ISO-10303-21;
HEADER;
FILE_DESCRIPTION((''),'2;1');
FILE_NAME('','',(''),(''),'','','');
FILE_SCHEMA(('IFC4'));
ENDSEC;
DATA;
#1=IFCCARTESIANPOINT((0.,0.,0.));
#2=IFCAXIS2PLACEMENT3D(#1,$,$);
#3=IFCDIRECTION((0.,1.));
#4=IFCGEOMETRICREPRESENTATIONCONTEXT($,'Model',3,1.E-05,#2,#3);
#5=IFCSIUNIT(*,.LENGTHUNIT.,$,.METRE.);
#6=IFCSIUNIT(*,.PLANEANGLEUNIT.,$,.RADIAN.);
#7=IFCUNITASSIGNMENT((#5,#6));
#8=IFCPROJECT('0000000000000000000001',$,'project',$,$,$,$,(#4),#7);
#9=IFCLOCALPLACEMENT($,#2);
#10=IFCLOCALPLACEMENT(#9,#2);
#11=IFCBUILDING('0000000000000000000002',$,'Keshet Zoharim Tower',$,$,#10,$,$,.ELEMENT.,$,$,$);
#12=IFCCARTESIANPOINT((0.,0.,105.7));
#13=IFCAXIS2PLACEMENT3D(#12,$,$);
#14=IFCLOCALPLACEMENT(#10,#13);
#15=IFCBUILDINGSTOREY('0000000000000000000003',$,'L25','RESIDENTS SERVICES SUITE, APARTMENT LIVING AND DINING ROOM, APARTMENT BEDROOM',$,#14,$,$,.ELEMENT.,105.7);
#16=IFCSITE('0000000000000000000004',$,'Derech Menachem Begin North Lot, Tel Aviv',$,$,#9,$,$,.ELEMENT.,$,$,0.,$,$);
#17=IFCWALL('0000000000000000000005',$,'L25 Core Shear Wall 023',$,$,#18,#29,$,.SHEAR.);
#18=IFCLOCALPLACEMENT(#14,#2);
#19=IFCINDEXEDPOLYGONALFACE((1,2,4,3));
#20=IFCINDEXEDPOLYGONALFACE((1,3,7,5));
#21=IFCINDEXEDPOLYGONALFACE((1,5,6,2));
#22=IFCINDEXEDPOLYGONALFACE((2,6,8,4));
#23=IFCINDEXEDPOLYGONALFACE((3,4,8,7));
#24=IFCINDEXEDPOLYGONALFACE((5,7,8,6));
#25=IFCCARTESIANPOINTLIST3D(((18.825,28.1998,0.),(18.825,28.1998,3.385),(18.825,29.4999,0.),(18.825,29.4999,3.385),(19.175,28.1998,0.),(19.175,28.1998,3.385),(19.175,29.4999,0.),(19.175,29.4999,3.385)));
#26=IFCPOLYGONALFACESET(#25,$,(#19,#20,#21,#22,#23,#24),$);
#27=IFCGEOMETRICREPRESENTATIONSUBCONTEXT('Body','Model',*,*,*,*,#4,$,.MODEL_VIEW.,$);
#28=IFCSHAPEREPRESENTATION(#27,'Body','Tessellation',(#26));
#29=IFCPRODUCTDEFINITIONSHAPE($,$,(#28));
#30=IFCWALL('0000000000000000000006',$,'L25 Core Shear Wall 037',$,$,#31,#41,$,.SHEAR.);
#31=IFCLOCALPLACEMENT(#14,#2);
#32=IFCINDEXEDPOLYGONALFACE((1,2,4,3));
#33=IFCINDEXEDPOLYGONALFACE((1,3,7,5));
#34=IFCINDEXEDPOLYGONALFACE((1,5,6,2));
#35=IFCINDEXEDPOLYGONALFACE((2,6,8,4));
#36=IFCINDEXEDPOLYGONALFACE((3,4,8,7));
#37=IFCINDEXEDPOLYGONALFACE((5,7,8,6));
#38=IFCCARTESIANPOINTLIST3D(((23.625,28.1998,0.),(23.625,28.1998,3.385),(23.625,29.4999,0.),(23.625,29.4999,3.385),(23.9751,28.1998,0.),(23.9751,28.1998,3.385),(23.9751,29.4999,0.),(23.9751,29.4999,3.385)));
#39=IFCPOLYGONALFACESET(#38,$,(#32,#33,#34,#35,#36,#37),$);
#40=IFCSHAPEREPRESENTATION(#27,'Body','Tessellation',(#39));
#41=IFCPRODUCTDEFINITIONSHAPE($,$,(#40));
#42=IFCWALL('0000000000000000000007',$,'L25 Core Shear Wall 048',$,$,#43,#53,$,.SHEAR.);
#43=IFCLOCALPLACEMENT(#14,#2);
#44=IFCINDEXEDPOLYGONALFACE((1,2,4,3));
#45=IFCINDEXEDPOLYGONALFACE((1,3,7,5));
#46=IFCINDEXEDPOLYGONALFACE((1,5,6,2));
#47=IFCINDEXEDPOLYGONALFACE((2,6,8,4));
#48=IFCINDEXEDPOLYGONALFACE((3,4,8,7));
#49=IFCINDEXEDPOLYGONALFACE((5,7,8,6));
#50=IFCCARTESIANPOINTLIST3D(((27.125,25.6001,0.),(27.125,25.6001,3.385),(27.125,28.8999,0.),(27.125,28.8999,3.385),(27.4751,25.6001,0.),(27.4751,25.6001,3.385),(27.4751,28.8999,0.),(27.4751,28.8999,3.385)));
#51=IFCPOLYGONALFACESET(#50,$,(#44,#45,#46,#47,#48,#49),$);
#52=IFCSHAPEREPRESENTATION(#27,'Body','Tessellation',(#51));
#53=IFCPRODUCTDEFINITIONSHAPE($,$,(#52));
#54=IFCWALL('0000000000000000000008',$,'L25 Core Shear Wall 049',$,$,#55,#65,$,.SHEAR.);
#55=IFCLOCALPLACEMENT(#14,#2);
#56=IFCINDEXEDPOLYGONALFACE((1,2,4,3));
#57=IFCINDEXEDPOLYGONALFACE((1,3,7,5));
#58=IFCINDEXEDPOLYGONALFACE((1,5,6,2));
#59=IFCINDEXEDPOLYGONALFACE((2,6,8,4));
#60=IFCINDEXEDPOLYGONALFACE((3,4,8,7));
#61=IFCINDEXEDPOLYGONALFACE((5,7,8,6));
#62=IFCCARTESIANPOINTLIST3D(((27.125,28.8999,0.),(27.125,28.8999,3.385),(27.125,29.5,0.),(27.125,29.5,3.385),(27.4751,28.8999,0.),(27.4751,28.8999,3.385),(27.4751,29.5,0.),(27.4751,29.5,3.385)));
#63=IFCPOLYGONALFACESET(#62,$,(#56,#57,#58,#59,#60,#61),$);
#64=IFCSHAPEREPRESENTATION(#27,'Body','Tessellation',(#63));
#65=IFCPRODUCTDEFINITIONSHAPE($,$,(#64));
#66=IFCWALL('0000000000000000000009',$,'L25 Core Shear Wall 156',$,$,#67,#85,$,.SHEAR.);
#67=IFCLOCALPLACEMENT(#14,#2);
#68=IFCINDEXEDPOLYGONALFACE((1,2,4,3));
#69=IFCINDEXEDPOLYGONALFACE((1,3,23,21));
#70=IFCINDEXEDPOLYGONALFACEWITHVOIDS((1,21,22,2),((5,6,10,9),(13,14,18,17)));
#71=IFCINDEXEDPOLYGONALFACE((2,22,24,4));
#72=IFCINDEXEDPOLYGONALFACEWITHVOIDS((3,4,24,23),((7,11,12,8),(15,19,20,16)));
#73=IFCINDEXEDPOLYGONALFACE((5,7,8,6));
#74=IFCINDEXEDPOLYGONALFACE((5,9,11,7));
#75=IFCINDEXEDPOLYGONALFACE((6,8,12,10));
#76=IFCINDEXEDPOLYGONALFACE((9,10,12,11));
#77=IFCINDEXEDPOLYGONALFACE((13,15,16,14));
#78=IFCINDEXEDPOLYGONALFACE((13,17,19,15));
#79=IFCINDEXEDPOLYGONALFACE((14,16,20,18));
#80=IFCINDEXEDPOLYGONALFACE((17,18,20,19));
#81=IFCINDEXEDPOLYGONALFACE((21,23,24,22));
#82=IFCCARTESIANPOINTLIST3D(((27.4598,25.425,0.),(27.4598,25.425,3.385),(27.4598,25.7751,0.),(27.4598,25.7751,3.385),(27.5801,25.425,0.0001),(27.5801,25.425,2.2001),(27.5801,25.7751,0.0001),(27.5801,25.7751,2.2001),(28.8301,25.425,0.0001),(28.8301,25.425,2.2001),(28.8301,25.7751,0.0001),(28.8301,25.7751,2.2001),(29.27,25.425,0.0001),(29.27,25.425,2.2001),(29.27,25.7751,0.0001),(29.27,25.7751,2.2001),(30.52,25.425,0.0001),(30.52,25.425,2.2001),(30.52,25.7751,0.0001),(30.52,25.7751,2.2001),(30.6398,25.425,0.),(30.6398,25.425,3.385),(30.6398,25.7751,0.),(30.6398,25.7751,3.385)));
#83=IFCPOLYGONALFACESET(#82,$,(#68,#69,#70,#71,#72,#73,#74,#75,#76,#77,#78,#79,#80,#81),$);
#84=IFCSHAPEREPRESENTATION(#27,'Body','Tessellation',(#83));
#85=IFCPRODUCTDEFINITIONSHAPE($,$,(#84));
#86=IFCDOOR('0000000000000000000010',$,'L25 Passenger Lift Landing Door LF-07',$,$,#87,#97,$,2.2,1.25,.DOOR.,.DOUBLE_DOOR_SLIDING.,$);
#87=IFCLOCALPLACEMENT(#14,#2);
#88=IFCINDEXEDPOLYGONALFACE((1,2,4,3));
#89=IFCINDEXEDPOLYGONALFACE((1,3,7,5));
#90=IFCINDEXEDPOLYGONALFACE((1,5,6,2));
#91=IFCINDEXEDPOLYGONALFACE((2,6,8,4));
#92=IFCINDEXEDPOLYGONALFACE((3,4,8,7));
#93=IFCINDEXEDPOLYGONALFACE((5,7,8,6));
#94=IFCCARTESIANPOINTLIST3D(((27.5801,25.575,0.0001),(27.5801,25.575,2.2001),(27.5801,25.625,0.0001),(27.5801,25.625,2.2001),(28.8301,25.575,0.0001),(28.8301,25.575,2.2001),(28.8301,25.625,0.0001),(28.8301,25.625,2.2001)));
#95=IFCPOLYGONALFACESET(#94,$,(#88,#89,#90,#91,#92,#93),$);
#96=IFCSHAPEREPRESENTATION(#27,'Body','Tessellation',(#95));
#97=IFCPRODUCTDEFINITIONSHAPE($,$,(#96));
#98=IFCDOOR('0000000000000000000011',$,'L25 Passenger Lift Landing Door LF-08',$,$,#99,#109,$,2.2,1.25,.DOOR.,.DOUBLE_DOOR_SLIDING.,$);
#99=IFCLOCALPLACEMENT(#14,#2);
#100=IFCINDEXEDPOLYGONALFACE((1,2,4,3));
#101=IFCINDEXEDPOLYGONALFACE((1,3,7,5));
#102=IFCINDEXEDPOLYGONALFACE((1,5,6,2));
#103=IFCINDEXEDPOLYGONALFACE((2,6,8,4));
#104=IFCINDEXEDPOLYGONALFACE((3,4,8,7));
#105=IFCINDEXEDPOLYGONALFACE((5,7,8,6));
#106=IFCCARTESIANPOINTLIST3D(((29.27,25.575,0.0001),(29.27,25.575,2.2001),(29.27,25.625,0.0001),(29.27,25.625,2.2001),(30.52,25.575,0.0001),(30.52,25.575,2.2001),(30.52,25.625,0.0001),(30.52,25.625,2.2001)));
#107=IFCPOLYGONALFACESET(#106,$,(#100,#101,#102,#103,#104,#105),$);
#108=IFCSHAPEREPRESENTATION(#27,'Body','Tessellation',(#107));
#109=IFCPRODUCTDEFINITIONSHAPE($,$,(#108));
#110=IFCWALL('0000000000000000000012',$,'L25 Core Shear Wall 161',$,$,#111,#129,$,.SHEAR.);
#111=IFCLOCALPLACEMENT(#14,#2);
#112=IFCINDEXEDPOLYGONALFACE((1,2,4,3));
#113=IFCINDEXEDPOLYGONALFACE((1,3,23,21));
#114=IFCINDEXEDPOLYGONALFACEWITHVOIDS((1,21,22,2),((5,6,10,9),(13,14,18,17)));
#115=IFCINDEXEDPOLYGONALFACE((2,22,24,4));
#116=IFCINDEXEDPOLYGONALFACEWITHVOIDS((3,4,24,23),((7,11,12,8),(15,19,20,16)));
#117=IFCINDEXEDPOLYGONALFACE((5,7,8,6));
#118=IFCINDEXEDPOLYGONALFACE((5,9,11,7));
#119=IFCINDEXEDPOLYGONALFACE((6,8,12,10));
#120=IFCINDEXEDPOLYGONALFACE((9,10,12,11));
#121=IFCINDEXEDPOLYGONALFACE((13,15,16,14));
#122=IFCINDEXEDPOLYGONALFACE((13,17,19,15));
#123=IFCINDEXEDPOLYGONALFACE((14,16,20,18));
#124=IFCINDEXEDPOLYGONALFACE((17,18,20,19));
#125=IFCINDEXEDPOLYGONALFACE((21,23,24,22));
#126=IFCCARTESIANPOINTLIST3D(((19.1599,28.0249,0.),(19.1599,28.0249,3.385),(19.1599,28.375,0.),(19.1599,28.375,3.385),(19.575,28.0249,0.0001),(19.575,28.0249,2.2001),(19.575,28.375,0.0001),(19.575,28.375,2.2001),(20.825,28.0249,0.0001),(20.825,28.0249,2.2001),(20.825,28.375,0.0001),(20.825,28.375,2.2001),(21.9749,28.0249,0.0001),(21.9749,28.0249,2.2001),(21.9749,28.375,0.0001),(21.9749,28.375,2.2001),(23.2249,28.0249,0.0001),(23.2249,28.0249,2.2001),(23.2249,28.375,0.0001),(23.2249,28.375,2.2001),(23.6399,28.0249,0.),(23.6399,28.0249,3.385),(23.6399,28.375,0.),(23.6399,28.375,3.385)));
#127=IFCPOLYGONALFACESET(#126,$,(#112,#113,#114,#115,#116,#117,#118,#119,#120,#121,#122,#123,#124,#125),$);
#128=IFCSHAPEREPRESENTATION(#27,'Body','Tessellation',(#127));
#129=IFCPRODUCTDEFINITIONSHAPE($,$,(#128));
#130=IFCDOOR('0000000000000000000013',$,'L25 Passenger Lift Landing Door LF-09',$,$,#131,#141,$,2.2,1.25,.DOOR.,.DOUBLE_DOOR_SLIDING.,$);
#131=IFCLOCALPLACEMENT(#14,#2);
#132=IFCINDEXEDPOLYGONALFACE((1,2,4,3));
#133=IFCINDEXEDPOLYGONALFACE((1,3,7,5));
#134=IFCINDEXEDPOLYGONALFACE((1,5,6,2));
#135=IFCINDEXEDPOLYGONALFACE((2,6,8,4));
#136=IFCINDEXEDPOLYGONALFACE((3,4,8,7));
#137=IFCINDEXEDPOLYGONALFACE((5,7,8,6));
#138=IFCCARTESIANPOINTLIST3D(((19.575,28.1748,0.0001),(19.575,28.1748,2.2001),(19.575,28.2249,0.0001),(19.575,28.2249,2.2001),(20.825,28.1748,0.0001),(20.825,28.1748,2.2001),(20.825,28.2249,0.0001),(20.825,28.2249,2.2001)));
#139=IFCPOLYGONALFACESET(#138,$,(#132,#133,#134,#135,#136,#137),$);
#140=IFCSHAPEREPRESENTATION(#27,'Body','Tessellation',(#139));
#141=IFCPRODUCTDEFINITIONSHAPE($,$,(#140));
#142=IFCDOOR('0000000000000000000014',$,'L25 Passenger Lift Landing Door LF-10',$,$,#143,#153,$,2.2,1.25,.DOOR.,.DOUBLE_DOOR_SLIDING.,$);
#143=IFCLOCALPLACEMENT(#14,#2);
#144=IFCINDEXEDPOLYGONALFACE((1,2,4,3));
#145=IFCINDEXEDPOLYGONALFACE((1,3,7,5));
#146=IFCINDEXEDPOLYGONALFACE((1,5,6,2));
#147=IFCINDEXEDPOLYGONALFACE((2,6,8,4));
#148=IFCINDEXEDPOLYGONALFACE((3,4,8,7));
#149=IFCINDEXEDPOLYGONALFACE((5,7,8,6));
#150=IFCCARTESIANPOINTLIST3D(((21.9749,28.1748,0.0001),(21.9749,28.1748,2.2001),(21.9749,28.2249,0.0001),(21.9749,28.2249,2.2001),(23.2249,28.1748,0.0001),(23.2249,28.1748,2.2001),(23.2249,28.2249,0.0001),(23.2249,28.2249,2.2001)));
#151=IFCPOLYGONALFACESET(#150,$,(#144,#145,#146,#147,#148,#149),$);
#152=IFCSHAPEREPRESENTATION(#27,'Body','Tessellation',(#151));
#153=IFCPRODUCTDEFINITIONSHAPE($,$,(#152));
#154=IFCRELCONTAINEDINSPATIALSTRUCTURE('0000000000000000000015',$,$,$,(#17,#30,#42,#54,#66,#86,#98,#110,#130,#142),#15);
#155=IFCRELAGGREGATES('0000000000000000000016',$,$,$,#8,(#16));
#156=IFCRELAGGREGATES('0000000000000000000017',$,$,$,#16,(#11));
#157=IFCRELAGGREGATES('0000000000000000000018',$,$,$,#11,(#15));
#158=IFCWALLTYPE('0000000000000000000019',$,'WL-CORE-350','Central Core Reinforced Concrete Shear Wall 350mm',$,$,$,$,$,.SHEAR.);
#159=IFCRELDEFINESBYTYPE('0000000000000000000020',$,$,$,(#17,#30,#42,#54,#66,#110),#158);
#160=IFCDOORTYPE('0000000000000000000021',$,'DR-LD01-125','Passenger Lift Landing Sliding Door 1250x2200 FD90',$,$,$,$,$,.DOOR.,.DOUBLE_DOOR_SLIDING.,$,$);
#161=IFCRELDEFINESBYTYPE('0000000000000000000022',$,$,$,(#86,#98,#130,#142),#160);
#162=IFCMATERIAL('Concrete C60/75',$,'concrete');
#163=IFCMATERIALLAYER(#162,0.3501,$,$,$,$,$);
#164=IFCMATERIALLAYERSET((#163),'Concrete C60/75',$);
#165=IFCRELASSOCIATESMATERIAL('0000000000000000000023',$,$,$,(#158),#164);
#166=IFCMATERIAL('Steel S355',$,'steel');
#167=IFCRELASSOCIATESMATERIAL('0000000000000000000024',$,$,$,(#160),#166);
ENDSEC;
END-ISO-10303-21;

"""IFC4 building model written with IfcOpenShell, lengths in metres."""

from ifc_helpers import new_model, si_unit, direction, frame, frame_2d, origin, place, context, subcontext, project, spatial, rectangle, extrude, material, layer, layer_set, type_object, element, fill, save


model = new_model("IFC4")

# Units and contexts
model_context = context("Model", 3, precision=1e-05, world=origin(), true_north=direction((0.0, 1.0)))
body_context = subcontext(model_context, "Body", "Model", "MODEL_VIEW")
ifc_project = project(units=[si_unit("LENGTHUNIT", "METRE"), si_unit("PLANEANGLEUNIT", "RADIAN")], contexts=[model_context])

# Site, building, storey
site_placement = place(None, origin())
site = spatial("IfcSite", under=ifc_project, at=site_placement, Name="Derech Menachem Begin North Lot, Tel Aviv", CompositionType="ELEMENT", RefElevation=0.0)
building_placement = place(site_placement, origin())
building = spatial("IfcBuilding", under=site, at=building_placement, Name="Keshet Zoharim Tower", CompositionType="ELEMENT")
storey_placement = place(building_placement, frame((0.0, 0.0, 105.7)))
storey = spatial("IfcBuildingStorey", under=building, at=storey_placement, Name="L25", Description="RESIDENTS SERVICES SUITE, APARTMENT LIVING AND DINING ROOM, APARTMENT BEDROOM", CompositionType="ELEMENT", Elevation=105.7)

# Wall
ifc_material_1 = material(Name="Concrete C60/75", Category="concrete")
ifc_layer_1 = layer(ifc_material_1, 0.3501)
ifc_layer_set_1 = layer_set([ifc_layer_1], Name="Concrete C60/75")
wall_type_1 = type_object("IfcWallType", Name="WL-CORE-350", Description="Central Core Reinforced Concrete Shear Wall 350mm", PredefinedType="SHEAR", material=ifc_layer_set_1)
wall_1_placement = place(storey_placement, frame((19.0, 28.2, 0.0), z_axis=(0.0, 0.0, 1.0), x_axis=(0.0, 1.0, 0.0)))
element("IfcWall", 1, at=wall_1_placement, inside=storey, type_object=wall_type_1, Name="L25 Core Shear Wall 023", PredefinedType="SHEAR", context=body_context, shape_type="SweptSolid", body=[
    extrude(rectangle(XDim=1.3, YDim=0.3501, at=frame_2d((0.6499, 0.0))), origin(), (0.0, 0.0, 1.0), 3.385),
])

# Walls
wall_2_placement = place(storey_placement, frame((23.8, 28.2, 0.0), z_axis=(0.0, 0.0, 1.0), x_axis=(0.0, 1.0, 0.0)))
element("IfcWall", 2, at=wall_2_placement, inside=storey, type_object=wall_type_1, Name="L25 Core Shear Wall 037", PredefinedType="SHEAR", context=body_context, shape_type="SweptSolid", body=[
    extrude(rectangle(XDim=1.3, YDim=0.3501, at=frame_2d((0.6499, 0.0))), origin(), (0.0, 0.0, 1.0), 3.385),
])
wall_3_placement = place(storey_placement, frame((27.3, 25.6001, 0.0), z_axis=(0.0, 0.0, 1.0), x_axis=(0.0, 1.0, 0.0)))
element("IfcWall", 3, at=wall_3_placement, inside=storey, type_object=wall_type_1, Name="L25 Core Shear Wall 048", PredefinedType="SHEAR", context=body_context, shape_type="SweptSolid", body=[
    extrude(rectangle(XDim=3.2998, YDim=0.3501, at=frame_2d((1.6499, 0.0))), origin(), (0.0, 0.0, 1.0), 3.385),
])
wall_4_placement = place(storey_placement, frame((27.3, 28.8999, 0.0), z_axis=(0.0, 0.0, 1.0), x_axis=(0.0, 1.0, 0.0)))
element("IfcWall", 4, at=wall_4_placement, inside=storey, type_object=wall_type_1, Name="L25 Core Shear Wall 049", PredefinedType="SHEAR", context=body_context, shape_type="SweptSolid", body=[
    extrude(rectangle(XDim=0.6001, YDim=0.3501, at=frame_2d((0.3, 0.0))), origin(), (0.0, 0.0, 1.0), 3.385),
])

# Walls, openings, doors
wall_5_placement = place(storey_placement, frame((27.46, 25.6001, 0.0), z_axis=(0.0, 0.0, 1.0), x_axis=(1.0, 0.0, 0.0)))
wall_5 = element("IfcWall", 5, at=wall_5_placement, inside=storey, type_object=wall_type_1, Name="L25 Core Shear Wall 156", PredefinedType="SHEAR", context=body_context, shape_type="SweptSolid", body=[
    extrude(rectangle(XDim=3.1799, YDim=0.3501, at=frame_2d((1.5898, 0.0))), origin(), (0.0, 0.0, 1.0), 3.385),
])
opening_1_placement = place(wall_5_placement, frame((0.1201, 0.0, 0.0)))
opening_1 = element("IfcOpeningElement", 6, at=opening_1_placement, cuts=wall_5, PredefinedType="OPENING", context=body_context, shape_type="SweptSolid", body=[
    extrude(rectangle(XDim=1.25, YDim=2.2, at=frame_2d((0.625, 1.1001))), frame((0.0, 0.1851, 0.0), z_axis=(0.0, -1.0, 0.0), x_axis=(1.0, 0.0, 0.0)), (0.0, 0.0, 1.0), 0.3701),
])
opening_2_placement = place(wall_5_placement, frame((1.8101, 0.0, 0.0)))
opening_2 = element("IfcOpeningElement", 7, at=opening_2_placement, cuts=wall_5, PredefinedType="OPENING", context=body_context, shape_type="SweptSolid", body=[
    extrude(rectangle(XDim=1.25, YDim=2.2, at=frame_2d((0.625, 1.1001))), frame((0.0, 0.1851, 0.0), z_axis=(0.0, -1.0, 0.0), x_axis=(1.0, 0.0, 0.0)), (0.0, 0.0, 1.0), 0.3701),
])
ifc_material_2 = material(Name="Steel S355", Category="steel")
door_type_1 = type_object("IfcDoorType", Name="DR-LD01-125", Description="Passenger Lift Landing Sliding Door 1250x2200 FD90", OperationType="DOUBLE_DOOR_SLIDING", PredefinedType="DOOR", material=ifc_material_2)
door_1_placement = place(opening_1_placement, origin())
door_1 = element("IfcDoor", 8, at=door_1_placement, inside=storey, type_object=door_type_1, Name="L25 Passenger Lift Landing Door LF-07", OperationType="DOUBLE_DOOR_SLIDING", OverallHeight=2.2, OverallWidth=1.25, PredefinedType="DOOR", context=body_context, shape_type="SweptSolid", body=[
    extrude(rectangle(XDim=1.25, YDim=2.2, at=frame_2d((0.625, 1.1001))), frame((0.0, 0.0249, 0.0), z_axis=(0.0, -1.0, 0.0), x_axis=(1.0, 0.0, 0.0)), (0.0, 0.0, 1.0), 0.05),
])
fill(opening_1, door_1)
door_2_placement = place(opening_2_placement, origin())
door_2 = element("IfcDoor", 9, at=door_2_placement, inside=storey, type_object=door_type_1, Name="L25 Passenger Lift Landing Door LF-08", OperationType="DOUBLE_DOOR_SLIDING", OverallHeight=2.2, OverallWidth=1.25, PredefinedType="DOOR", context=body_context, shape_type="SweptSolid", body=[
    extrude(rectangle(XDim=1.25, YDim=2.2, at=frame_2d((0.625, 1.1001))), frame((0.0, 0.0249, 0.0), z_axis=(0.0, -1.0, 0.0), x_axis=(1.0, 0.0, 0.0)), (0.0, 0.0, 1.0), 0.05),
])
fill(opening_2, door_2)
wall_6_placement = place(storey_placement, frame((19.1599, 28.2, 0.0), z_axis=(0.0, 0.0, 1.0), x_axis=(1.0, 0.0, 0.0)))
wall_6 = element("IfcWall", 10, at=wall_6_placement, inside=storey, type_object=wall_type_1, Name="L25 Core Shear Wall 161", PredefinedType="SHEAR", context=body_context, shape_type="SweptSolid", body=[
    extrude(rectangle(XDim=4.48, YDim=0.3501, at=frame_2d((2.24, 0.0))), origin(), (0.0, 0.0, 1.0), 3.385),
])
opening_3_placement = place(wall_6_placement, frame((0.415, 0.0, 0.0)))
opening_3 = element("IfcOpeningElement", 11, at=opening_3_placement, cuts=wall_6, PredefinedType="OPENING", context=body_context, shape_type="SweptSolid", body=[
    extrude(rectangle(XDim=1.25, YDim=2.2, at=frame_2d((0.625, 1.1001))), frame((0.0, 0.1851, 0.0), z_axis=(0.0, -1.0, 0.0), x_axis=(1.0, 0.0, 0.0)), (0.0, 0.0, 1.0), 0.3701),
])
opening_4_placement = place(wall_6_placement, frame((2.8149, 0.0, 0.0)))
opening_4 = element("IfcOpeningElement", 12, at=opening_4_placement, cuts=wall_6, PredefinedType="OPENING", context=body_context, shape_type="SweptSolid", body=[
    extrude(rectangle(XDim=1.25, YDim=2.2, at=frame_2d((0.625, 1.1001))), frame((0.0, 0.1851, 0.0), z_axis=(0.0, -1.0, 0.0), x_axis=(1.0, 0.0, 0.0)), (0.0, 0.0, 1.0), 0.3701),
])
door_3_placement = place(opening_3_placement, origin())
door_3 = element("IfcDoor", 13, at=door_3_placement, inside=storey, type_object=door_type_1, Name="L25 Passenger Lift Landing Door LF-09", OperationType="DOUBLE_DOOR_SLIDING", OverallHeight=2.2, OverallWidth=1.25, PredefinedType="DOOR", context=body_context, shape_type="SweptSolid", body=[
    extrude(rectangle(XDim=1.25, YDim=2.2, at=frame_2d((0.625, 1.1001))), frame((0.0, 0.0249, 0.0), z_axis=(0.0, -1.0, 0.0), x_axis=(1.0, 0.0, 0.0)), (0.0, 0.0, 1.0), 0.05),
])
fill(opening_3, door_3)
door_4_placement = place(opening_4_placement, origin())
door_4 = element("IfcDoor", 14, at=door_4_placement, inside=storey, type_object=door_type_1, Name="L25 Passenger Lift Landing Door LF-10", OperationType="DOUBLE_DOOR_SLIDING", OverallHeight=2.2, OverallWidth=1.25, PredefinedType="DOOR", context=body_context, shape_type="SweptSolid", body=[
    extrude(rectangle(XDim=1.25, YDim=2.2, at=frame_2d((0.625, 1.1001))), frame((0.0, 0.0249, 0.0), z_axis=(0.0, -1.0, 0.0), x_axis=(1.0, 0.0, 0.0)), (0.0, 0.0, 1.0), 0.05),
])
fill(opening_4, door_4)

save(model, "model.ifc")
